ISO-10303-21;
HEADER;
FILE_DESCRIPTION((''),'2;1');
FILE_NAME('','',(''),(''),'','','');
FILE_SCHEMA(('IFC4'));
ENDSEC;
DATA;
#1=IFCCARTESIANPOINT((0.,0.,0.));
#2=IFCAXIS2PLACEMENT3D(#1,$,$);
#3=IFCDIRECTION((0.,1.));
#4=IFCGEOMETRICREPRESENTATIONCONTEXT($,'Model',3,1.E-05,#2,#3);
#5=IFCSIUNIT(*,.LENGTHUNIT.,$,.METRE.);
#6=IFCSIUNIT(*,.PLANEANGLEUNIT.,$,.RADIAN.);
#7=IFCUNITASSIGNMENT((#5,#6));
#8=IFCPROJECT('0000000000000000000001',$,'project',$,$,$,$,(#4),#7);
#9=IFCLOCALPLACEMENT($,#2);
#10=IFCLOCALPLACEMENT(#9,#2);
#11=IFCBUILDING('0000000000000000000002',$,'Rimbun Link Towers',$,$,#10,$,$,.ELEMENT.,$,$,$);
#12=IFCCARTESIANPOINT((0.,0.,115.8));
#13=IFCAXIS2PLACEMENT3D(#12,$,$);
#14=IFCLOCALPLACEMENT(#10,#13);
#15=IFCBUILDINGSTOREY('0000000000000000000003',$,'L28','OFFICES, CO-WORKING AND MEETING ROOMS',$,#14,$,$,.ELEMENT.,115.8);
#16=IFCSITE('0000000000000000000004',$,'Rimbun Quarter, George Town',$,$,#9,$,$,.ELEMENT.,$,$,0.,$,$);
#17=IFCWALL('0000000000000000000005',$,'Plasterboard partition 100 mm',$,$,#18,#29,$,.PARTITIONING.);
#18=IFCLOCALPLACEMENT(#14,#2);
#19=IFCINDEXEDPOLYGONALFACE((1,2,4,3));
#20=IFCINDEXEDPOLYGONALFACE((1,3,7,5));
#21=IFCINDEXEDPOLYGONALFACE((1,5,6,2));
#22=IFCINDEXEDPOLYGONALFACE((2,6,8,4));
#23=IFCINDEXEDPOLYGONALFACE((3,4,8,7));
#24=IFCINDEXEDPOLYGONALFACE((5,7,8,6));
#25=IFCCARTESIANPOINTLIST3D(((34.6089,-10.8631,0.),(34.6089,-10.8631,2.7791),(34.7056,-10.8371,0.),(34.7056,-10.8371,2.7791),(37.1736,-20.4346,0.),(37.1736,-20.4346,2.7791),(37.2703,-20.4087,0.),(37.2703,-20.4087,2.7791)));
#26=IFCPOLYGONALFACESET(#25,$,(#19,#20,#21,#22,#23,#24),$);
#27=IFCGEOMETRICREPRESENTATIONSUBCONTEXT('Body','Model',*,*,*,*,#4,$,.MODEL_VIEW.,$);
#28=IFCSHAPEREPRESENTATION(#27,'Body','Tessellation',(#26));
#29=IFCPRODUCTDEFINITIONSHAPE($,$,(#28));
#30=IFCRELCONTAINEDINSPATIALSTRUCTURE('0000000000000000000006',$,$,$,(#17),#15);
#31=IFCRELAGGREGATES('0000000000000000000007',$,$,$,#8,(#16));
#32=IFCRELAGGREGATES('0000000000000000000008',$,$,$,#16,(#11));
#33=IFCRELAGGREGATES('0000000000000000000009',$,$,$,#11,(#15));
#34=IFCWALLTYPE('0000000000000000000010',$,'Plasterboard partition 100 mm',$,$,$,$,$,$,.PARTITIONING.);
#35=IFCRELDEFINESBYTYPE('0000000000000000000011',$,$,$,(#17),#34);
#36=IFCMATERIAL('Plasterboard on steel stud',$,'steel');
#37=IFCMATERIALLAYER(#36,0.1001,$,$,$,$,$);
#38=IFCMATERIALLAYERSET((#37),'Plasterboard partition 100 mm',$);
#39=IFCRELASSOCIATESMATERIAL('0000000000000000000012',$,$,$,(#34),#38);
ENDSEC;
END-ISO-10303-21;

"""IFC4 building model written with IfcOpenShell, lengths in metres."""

from ifc_helpers import new_model, si_unit, direction, frame, frame_2d, origin, place, context, subcontext, project, spatial, rectangle, extrude, material, layer, layer_set, type_object, element, save


model = new_model("IFC4")

# Units and contexts
model_context = context("Model", 3, precision=1e-05, world=origin(), true_north=direction((0.0, 1.0)))
body_context = subcontext(model_context, "Body", "Model", "MODEL_VIEW")
ifc_project = project(units=[si_unit("LENGTHUNIT", "METRE"), si_unit("PLANEANGLEUNIT", "RADIAN")], contexts=[model_context])

# Site, building, storey
site_placement = place(None, origin())
site = spatial("IfcSite", under=ifc_project, at=site_placement, Name="Rimbun Quarter, George Town", CompositionType="ELEMENT", RefElevation=0.0)
building_placement = place(site_placement, origin())
building = spatial("IfcBuilding", under=site, at=building_placement, Name="Rimbun Link Towers", CompositionType="ELEMENT")
storey_placement = place(building_placement, frame((0.0, 0.0, 115.8)))
storey = spatial("IfcBuildingStorey", under=building, at=storey_placement, Name="L28", Description="OFFICES, CO-WORKING AND MEETING ROOMS", CompositionType="ELEMENT", Elevation=115.8)

# Wall
ifc_material_1 = material(Name="Plasterboard on steel stud", Category="steel")
ifc_layer_1 = layer(ifc_material_1, 0.1001)
ifc_layer_set_1 = layer_set([ifc_layer_1], Name="Plasterboard partition 100 mm")
wall_type = type_object("IfcWallType", Name="Plasterboard partition 100 mm", PredefinedType="PARTITIONING", material=ifc_layer_set_1)
wall_1_placement = place(storey_placement, frame((37.2219, -20.4216, 0.0), z_axis=(0.0, 0.0, 1.0), x_axis=(-0.25882, 0.965926, 0.0)))
element("IfcWall", 1, at=wall_1_placement, inside=storey, type_object=wall_type, Name="Plasterboard partition 100 mm", PredefinedType="PARTITIONING", context=body_context, shape_type="SweptSolid", body=[
    extrude(rectangle(XDim=9.9092, YDim=0.1001, at=frame_2d((4.9546, 0.0))), origin(), (0.0, 0.0, 1.0), 2.7791),
])

save(model, "model.ifc")
